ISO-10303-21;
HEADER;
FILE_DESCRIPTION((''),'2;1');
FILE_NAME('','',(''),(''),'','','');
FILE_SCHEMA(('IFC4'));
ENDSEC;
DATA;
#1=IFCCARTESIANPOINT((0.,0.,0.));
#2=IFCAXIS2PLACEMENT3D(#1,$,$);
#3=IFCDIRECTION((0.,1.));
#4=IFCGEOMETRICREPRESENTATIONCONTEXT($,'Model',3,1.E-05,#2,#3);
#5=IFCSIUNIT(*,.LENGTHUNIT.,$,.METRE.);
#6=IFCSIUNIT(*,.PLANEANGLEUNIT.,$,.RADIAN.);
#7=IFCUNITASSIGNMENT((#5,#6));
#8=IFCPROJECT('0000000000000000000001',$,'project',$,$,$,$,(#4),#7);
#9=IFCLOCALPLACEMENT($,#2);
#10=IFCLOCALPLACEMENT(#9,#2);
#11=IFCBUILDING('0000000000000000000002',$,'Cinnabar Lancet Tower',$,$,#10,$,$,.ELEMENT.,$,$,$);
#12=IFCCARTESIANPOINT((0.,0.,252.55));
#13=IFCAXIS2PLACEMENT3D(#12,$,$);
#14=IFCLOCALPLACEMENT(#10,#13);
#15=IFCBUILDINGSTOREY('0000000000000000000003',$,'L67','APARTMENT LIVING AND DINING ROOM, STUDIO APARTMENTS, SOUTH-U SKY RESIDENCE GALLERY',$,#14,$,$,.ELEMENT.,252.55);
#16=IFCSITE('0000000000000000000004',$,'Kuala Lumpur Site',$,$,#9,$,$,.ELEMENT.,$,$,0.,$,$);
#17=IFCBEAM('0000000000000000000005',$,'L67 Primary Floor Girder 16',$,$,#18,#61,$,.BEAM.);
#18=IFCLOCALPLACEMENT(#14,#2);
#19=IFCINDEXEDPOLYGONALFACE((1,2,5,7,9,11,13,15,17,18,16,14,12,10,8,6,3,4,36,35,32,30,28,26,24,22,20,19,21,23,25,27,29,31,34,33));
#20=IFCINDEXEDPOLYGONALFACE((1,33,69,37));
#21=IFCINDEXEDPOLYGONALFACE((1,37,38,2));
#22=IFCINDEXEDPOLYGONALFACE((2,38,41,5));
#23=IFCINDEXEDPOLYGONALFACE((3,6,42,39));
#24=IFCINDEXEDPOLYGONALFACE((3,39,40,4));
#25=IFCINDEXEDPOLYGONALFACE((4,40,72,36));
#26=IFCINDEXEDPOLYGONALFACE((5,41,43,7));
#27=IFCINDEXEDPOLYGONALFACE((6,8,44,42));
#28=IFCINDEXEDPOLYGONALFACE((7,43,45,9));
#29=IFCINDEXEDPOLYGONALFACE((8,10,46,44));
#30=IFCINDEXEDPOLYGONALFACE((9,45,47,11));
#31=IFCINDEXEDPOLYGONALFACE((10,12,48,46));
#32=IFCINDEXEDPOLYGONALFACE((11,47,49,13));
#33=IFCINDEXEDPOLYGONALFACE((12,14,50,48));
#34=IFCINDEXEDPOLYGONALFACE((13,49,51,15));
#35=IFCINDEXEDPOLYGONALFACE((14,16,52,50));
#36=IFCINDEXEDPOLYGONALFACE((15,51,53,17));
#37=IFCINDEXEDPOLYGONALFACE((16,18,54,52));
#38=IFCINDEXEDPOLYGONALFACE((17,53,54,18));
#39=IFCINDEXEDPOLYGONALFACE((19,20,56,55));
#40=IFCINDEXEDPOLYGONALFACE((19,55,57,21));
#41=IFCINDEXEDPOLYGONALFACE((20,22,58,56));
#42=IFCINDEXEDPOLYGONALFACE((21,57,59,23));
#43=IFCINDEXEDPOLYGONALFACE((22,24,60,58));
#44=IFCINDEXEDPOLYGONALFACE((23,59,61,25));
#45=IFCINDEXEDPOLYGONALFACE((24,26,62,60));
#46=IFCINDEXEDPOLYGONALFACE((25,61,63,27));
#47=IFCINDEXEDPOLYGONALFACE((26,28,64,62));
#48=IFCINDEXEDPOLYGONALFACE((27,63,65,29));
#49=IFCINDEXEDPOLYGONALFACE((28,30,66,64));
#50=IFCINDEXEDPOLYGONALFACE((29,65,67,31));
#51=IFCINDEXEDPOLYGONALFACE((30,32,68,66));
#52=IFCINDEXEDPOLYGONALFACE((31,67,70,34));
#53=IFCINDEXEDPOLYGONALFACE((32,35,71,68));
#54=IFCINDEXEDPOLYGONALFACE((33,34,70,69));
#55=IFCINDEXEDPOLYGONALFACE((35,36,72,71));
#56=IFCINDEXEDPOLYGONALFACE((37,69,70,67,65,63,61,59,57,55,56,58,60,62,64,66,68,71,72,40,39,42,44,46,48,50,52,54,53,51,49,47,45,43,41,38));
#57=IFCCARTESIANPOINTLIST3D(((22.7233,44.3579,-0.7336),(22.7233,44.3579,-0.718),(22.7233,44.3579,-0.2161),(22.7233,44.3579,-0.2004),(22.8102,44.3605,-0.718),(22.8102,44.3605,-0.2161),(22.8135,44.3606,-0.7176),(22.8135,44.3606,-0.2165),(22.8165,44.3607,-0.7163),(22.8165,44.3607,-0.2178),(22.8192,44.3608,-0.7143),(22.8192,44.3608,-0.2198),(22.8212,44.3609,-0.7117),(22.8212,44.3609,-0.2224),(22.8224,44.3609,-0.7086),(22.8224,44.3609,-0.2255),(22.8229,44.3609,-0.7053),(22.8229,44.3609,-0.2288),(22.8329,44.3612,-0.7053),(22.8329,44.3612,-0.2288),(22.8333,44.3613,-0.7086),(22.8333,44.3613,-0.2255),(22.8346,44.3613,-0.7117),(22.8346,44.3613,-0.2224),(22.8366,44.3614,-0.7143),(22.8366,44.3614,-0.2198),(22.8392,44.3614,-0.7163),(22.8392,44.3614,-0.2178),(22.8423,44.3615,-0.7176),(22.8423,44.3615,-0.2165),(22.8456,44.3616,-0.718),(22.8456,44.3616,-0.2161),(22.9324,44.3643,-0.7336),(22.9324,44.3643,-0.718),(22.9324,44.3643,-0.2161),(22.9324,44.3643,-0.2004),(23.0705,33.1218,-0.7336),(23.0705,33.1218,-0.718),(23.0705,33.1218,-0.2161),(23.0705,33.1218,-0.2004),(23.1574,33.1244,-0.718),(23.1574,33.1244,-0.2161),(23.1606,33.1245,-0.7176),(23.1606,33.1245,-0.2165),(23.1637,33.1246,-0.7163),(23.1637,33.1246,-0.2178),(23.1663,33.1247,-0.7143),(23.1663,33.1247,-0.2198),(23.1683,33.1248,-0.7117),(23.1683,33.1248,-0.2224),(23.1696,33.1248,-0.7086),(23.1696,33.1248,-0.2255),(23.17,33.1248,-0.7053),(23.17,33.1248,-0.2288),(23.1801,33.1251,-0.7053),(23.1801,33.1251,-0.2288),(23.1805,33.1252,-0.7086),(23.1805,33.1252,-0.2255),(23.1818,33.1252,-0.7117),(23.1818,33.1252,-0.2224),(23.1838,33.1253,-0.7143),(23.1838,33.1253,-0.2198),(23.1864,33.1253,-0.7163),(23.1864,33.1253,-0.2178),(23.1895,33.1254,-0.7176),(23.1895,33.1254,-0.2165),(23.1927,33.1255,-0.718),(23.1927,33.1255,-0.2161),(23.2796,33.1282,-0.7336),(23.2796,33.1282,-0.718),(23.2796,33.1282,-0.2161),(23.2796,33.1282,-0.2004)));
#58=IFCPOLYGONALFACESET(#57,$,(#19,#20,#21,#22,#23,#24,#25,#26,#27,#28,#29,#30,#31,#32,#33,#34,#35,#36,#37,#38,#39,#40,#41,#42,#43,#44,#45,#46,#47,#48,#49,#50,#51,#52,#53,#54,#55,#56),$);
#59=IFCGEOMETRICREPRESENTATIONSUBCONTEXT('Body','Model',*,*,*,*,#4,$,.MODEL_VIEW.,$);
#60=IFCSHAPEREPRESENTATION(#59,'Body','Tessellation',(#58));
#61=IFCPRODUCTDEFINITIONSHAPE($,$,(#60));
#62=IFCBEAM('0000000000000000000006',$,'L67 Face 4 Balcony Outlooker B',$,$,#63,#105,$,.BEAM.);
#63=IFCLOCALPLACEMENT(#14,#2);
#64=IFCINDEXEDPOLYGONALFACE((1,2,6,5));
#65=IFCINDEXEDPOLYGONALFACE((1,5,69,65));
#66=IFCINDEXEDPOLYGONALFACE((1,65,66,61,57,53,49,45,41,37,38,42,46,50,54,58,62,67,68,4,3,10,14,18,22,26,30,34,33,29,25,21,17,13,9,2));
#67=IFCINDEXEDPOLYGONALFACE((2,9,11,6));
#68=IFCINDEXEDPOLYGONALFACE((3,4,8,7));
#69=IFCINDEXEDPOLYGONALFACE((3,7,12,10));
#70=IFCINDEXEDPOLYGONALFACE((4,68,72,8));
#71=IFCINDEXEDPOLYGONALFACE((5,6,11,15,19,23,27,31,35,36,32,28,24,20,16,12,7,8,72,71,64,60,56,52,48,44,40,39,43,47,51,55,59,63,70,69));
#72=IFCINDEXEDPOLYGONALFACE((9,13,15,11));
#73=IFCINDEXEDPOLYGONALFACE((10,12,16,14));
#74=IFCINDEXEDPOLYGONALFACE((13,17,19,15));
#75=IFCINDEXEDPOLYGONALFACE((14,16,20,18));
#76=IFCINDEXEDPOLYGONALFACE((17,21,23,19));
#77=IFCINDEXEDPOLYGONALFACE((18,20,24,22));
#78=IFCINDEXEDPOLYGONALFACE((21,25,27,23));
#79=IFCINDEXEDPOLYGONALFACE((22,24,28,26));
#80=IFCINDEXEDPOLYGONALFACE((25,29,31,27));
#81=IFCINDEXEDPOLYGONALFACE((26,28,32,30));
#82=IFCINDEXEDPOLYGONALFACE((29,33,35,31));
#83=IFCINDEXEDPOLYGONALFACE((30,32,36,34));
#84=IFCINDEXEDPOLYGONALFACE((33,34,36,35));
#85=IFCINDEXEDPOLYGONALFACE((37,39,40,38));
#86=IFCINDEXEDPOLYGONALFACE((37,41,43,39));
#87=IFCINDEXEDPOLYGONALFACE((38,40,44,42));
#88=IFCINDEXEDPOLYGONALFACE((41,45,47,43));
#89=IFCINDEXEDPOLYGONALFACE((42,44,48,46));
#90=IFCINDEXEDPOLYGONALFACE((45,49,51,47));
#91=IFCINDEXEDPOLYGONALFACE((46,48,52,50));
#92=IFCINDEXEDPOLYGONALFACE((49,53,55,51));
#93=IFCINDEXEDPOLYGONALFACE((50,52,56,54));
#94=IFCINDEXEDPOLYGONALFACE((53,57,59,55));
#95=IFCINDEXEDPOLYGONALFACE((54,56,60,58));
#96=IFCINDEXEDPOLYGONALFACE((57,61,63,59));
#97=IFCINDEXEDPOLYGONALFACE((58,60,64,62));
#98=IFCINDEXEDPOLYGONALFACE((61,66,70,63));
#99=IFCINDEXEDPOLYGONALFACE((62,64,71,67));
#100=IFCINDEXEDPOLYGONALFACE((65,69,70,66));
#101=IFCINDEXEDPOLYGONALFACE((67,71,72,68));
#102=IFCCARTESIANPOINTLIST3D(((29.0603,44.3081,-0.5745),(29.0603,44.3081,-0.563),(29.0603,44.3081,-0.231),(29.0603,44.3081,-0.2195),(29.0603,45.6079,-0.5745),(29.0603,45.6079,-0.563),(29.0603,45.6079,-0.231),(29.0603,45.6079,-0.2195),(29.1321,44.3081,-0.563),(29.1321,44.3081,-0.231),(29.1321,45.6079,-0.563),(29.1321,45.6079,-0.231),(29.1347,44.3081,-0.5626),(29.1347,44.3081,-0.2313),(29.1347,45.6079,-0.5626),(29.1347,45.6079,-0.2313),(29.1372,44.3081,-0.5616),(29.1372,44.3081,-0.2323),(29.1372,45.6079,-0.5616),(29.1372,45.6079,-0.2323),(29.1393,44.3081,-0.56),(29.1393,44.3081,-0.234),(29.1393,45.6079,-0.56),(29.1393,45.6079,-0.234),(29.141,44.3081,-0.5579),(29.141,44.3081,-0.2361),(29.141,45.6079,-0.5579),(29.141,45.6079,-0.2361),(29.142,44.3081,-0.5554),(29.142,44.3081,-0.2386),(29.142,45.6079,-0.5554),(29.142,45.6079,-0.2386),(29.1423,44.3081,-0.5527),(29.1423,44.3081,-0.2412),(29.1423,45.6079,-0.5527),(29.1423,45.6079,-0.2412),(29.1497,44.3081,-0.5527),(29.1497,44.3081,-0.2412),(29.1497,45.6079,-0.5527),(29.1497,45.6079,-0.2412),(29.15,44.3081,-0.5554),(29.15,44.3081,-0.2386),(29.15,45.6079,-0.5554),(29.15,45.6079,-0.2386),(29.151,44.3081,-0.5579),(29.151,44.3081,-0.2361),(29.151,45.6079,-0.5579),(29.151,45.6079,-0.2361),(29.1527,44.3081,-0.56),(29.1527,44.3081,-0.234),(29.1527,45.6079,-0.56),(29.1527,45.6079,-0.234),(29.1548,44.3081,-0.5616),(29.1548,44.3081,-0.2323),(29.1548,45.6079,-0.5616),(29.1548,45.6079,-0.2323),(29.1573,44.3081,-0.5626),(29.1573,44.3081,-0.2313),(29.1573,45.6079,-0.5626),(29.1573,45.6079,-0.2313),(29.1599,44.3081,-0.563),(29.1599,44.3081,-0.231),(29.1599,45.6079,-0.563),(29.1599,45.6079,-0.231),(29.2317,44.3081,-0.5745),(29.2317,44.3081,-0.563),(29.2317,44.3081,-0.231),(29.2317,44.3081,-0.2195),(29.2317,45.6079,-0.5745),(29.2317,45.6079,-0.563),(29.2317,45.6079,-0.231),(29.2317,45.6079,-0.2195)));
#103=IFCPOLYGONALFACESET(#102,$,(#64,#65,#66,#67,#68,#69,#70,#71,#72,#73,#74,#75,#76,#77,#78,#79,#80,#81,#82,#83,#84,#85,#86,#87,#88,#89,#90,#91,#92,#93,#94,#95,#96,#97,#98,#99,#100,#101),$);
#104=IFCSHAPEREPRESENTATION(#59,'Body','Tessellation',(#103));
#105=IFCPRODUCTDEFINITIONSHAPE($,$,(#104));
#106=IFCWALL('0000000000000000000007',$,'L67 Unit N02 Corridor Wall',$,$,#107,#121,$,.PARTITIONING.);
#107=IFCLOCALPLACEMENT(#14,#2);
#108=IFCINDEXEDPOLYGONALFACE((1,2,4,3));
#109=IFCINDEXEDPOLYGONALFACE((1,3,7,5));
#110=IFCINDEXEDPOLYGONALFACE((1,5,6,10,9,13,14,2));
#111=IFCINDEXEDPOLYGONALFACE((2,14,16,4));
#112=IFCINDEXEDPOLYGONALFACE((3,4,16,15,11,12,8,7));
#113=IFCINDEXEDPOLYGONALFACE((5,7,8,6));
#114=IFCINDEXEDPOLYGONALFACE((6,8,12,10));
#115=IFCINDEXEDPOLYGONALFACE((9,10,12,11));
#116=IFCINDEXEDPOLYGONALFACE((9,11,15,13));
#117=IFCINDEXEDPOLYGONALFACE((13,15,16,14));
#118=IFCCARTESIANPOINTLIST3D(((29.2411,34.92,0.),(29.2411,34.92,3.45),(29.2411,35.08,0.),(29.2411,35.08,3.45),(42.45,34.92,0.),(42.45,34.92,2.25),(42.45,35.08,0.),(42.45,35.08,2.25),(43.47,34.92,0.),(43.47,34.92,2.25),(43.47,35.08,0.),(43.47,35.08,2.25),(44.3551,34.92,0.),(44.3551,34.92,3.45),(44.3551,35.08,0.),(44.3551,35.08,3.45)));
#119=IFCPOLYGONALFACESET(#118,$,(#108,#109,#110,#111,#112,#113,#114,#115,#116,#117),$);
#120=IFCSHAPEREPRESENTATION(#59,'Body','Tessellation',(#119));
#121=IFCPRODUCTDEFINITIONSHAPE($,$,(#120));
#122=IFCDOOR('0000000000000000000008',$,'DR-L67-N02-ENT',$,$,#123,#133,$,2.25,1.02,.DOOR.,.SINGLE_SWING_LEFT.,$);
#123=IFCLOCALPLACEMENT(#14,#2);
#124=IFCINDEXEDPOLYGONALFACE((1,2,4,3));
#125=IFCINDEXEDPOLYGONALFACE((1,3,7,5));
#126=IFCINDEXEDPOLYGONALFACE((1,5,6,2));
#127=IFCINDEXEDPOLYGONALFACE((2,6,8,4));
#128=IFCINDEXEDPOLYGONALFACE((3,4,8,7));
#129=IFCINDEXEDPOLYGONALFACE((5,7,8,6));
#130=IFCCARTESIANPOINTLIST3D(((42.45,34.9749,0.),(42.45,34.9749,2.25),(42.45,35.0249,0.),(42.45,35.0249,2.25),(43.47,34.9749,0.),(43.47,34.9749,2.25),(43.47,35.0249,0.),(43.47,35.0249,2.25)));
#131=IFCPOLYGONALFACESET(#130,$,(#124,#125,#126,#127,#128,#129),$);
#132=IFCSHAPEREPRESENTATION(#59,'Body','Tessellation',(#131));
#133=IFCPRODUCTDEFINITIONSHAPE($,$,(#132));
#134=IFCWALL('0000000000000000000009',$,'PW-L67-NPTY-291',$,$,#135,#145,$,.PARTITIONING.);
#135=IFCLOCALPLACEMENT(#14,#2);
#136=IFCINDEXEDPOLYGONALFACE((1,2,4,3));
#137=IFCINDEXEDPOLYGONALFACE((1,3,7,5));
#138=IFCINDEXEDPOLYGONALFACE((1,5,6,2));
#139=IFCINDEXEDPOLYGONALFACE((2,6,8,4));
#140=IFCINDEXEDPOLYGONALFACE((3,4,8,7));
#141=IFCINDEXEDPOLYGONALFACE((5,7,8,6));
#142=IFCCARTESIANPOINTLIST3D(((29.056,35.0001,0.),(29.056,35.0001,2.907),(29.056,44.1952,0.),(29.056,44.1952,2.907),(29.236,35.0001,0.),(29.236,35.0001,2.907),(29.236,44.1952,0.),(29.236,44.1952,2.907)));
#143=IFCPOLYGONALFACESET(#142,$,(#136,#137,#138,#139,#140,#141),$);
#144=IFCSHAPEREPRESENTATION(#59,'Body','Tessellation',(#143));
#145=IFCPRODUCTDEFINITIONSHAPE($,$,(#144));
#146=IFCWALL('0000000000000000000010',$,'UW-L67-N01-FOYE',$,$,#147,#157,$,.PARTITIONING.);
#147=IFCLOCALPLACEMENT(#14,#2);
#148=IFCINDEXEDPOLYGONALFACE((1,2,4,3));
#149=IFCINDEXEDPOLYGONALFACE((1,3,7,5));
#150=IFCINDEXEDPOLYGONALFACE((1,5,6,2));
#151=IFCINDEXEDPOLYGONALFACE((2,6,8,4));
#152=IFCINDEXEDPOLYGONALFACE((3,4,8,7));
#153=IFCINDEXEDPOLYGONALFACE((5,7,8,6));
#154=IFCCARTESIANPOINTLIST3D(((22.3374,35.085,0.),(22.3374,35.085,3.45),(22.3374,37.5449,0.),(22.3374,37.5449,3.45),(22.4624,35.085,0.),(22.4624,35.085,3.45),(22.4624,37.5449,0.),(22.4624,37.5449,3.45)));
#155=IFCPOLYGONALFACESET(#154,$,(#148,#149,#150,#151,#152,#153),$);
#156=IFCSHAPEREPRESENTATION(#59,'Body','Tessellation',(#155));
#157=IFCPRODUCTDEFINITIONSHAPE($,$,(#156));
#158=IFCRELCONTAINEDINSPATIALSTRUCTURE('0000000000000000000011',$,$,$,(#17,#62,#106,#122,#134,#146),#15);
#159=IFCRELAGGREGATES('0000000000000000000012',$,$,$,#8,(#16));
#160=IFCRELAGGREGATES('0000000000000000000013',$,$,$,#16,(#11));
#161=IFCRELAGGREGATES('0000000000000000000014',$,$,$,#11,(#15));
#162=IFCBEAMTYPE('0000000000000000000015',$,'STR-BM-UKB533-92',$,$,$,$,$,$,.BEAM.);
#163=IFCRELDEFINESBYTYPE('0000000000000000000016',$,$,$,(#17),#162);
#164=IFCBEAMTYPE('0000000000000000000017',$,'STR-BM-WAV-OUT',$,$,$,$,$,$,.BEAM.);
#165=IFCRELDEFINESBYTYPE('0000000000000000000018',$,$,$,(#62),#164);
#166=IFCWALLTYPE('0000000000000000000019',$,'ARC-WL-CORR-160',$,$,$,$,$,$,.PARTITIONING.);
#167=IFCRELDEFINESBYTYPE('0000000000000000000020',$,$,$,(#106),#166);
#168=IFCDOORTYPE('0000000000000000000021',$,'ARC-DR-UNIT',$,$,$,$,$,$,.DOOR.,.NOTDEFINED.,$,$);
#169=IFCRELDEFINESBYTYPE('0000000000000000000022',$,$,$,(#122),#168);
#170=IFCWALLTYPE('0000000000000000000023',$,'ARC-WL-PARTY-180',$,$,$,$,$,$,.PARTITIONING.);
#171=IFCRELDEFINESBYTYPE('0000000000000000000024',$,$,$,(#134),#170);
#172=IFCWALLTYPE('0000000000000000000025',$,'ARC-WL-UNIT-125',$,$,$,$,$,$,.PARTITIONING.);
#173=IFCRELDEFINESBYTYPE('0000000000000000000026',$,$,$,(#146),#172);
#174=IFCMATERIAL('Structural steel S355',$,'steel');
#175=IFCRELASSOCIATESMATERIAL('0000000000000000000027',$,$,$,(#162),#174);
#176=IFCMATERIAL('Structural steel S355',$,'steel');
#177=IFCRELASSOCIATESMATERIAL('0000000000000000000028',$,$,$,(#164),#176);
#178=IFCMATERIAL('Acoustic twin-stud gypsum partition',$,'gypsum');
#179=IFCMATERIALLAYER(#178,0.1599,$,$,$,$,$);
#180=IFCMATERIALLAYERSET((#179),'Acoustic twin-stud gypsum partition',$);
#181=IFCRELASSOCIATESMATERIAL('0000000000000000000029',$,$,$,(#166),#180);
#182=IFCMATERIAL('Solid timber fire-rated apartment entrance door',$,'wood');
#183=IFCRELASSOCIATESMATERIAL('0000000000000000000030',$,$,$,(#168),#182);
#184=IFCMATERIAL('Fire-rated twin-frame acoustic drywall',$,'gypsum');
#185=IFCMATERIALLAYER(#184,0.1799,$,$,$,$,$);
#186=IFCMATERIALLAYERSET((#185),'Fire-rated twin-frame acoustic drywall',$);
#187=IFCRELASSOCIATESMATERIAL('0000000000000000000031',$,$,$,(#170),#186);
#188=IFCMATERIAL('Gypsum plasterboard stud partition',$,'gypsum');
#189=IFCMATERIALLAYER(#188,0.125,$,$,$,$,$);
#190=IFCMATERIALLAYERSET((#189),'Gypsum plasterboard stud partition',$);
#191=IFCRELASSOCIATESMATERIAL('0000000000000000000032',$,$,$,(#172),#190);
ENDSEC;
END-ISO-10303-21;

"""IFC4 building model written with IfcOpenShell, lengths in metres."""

from ifc_helpers import new_model, si_unit, direction, frame, frame_2d, origin, origin_2d, place, context, subcontext, project, spatial, rectangle, i_section, extrude, material, layer, layer_set, material_profile, profile_set, type_object, element, fill, save


model = new_model("IFC4")

# Units and contexts
model_context = context("Model", 3, precision=1e-05, world=origin(), true_north=direction((0.0, 1.0)))
body_context = subcontext(model_context, "Body", "Model", "MODEL_VIEW")
ifc_project = project(units=[si_unit("LENGTHUNIT", "METRE"), si_unit("PLANEANGLEUNIT", "RADIAN")], contexts=[model_context])

# Site, building, storey
site_placement = place(None, origin())
site = spatial("IfcSite", under=ifc_project, at=site_placement, Name="Kuala Lumpur Site", CompositionType="ELEMENT", RefElevation=0.0)
building_placement = place(site_placement, origin())
building = spatial("IfcBuilding", under=site, at=building_placement, Name="Cinnabar Lancet Tower", CompositionType="ELEMENT")
storey_placement = place(building_placement, frame((0.0, 0.0, 252.55)))
storey = spatial("IfcBuildingStorey", under=building, at=storey_placement, Name="L67", Description="APARTMENT LIVING AND DINING ROOM, STUDIO APARTMENTS, SOUTH-U SKY RESIDENCE GALLERY", CompositionType="ELEMENT", Elevation=252.55)

# Beams
ifc_material_1 = material(Name="Structural steel S355", Category="steel")
ifc_material_profile_1 = material_profile(ifc_material_1, i_section(OverallWidth=0.2092, OverallDepth=0.5332, WebThickness=0.01, FlangeThickness=0.0156, FilletRadius=0.0127, at=origin_2d()), Name="UKB 533x210x92")
ifc_profile_set_1 = profile_set([ifc_material_profile_1], Name="Structural steel S355")
beam_type_1 = type_object("IfcBeamType", Name="STR-BM-UKB533-92", PredefinedType="BEAM", material=ifc_profile_set_1)
beam_1_placement = place(storey_placement, frame((22.8279, 44.3611, -0.467), z_axis=(0.030883, -0.999523, 0.0), x_axis=(0.999523, 0.030883, 0.0)))
element("IfcBeam", 1, at=beam_1_placement, inside=storey, type_object=beam_type_1, Name="L67 Primary Floor Girder 16", PredefinedType="BEAM", context=body_context, shape_type="SweptSolid", body=[
    extrude(i_section(OverallWidth=0.2092, OverallDepth=0.5332, WebThickness=0.01, FlangeThickness=0.0156, FilletRadius=0.0127, at=origin_2d()), origin(), (0.0, 0.0, 1.0), 11.2415),
])
ifc_material_2 = material(Name="Structural steel S355", Category="steel")
ifc_material_profile_2 = material_profile(ifc_material_2, i_section(OverallWidth=0.1714, OverallDepth=0.355, WebThickness=0.0073, FlangeThickness=0.0115, FilletRadius=0.0103, at=origin_2d()), Name="UKB 356x171x51")
ifc_profile_set_2 = profile_set([ifc_material_profile_2], Name="Structural steel S355")
beam_type_2 = type_object("IfcBeamType", Name="STR-BM-WAV-OUT", PredefinedType="BEAM", material=ifc_profile_set_2)
beam_2_placement = place(storey_placement, frame((29.146, 44.3081, -0.397), z_axis=(0.0, 1.0, 0.0), x_axis=(-1.0, 0.0, 0.0)))
element("IfcBeam", 2, at=beam_2_placement, inside=storey, type_object=beam_type_2, Name="L67 Face 4 Balcony Outlooker B", PredefinedType="BEAM", context=body_context, shape_type="SweptSolid", body=[
    extrude(i_section(OverallWidth=0.1714, OverallDepth=0.355, WebThickness=0.0073, FlangeThickness=0.0115, FilletRadius=0.0103, at=origin_2d()), origin(), (0.0, 0.0, 1.0), 1.2998),
])

# Wall, opening, door
ifc_material_3 = material(Name="Acoustic twin-stud gypsum partition", Category="gypsum")
ifc_layer_1 = layer(ifc_material_3, 0.1599)
ifc_layer_set_1 = layer_set([ifc_layer_1], Name="Acoustic twin-stud gypsum partition")
wall_type_1 = type_object("IfcWallType", Name="ARC-WL-CORR-160", PredefinedType="PARTITIONING", material=ifc_layer_set_1)
wall_1_placement = place(storey_placement, frame((29.241, 35.0, 0.0), z_axis=(0.0, 0.0, 1.0), x_axis=(1.0, 0.0, 0.0)))
wall_1 = element("IfcWall", 3, at=wall_1_placement, inside=storey, type_object=wall_type_1, Name="L67 Unit N02 Corridor Wall", PredefinedType="PARTITIONING", context=body_context, shape_type="SweptSolid", body=[
    extrude(rectangle(XDim=15.114, YDim=0.1599, at=frame_2d((7.5571, 0.0))), origin(), (0.0, 0.0, 1.0), 3.45),
])
opening_1_placement = place(wall_1_placement, frame((13.209, 0.0, 0.0)))
opening_1 = element("IfcOpeningElement", 4, at=opening_1_placement, cuts=wall_1, PredefinedType="OPENING", context=body_context, shape_type="SweptSolid", body=[
    extrude(rectangle(XDim=1.02, YDim=2.25, at=frame_2d((0.51, 1.125))), frame((0.0, 0.0898, 0.0), z_axis=(0.0, -1.0, 0.0), x_axis=(1.0, 0.0, 0.0)), (0.0, 0.0, 1.0), 0.1799),
])
ifc_material_4 = material(Name="Solid timber fire-rated apartment entrance door", Category="wood")
door_type_1 = type_object("IfcDoorType", Name="ARC-DR-UNIT", OperationType="NOTDEFINED", PredefinedType="DOOR", material=ifc_material_4)
door_1_placement = place(opening_1_placement, origin())
door_1 = element("IfcDoor", 5, at=door_1_placement, inside=storey, type_object=door_type_1, Name="DR-L67-N02-ENT", OperationType="SINGLE_SWING_LEFT", OverallHeight=2.25, OverallWidth=1.02, PredefinedType="DOOR", context=body_context, shape_type="SweptSolid", body=[
    extrude(rectangle(XDim=1.02, YDim=2.25, at=frame_2d((0.51, 1.125))), frame((0.0, 0.0249, 0.0), z_axis=(0.0, -1.0, 0.0), x_axis=(1.0, 0.0, 0.0)), (0.0, 0.0, 1.0), 0.05),
])
fill(opening_1, door_1)

# Walls
ifc_material_5 = material(Name="Fire-rated twin-frame acoustic drywall", Category="gypsum")
ifc_layer_2 = layer(ifc_material_5, 0.1799)
ifc_layer_set_2 = layer_set([ifc_layer_2], Name="Fire-rated twin-frame acoustic drywall")
wall_type_2 = type_object("IfcWallType", Name="ARC-WL-PARTY-180", PredefinedType="PARTITIONING", material=ifc_layer_set_2)
wall_2_placement = place(storey_placement, frame((29.146, 35.0, 0.0), z_axis=(0.0, 0.0, 1.0), x_axis=(0.0, 1.0, 0.0)))
element("IfcWall", 6, at=wall_2_placement, inside=storey, type_object=wall_type_2, Name="PW-L67-NPTY-291", PredefinedType="PARTITIONING", context=body_context, shape_type="SweptSolid", body=[
    extrude(rectangle(XDim=9.1951, YDim=0.1799, at=frame_2d((4.5977, 0.0))), origin(), (0.0, 0.0, 1.0), 2.907),
])
ifc_material_6 = material(Name="Gypsum plasterboard stud partition", Category="gypsum")
ifc_layer_3 = layer(ifc_material_6, 0.125)
ifc_layer_set_3 = layer_set([ifc_layer_3], Name="Gypsum plasterboard stud partition")
wall_type_3 = type_object("IfcWallType", Name="ARC-WL-UNIT-125", PredefinedType="PARTITIONING", material=ifc_layer_set_3)
wall_3_placement = place(storey_placement, frame((22.3999, 35.085, 0.0), z_axis=(0.0, 0.0, 1.0), x_axis=(0.0, 1.0, 0.0)))
element("IfcWall", 7, at=wall_3_placement, inside=storey, type_object=wall_type_3, Name="UW-L67-N01-FOYE", PredefinedType="PARTITIONING", context=body_context, shape_type="SweptSolid", body=[
    extrude(rectangle(XDim=2.46, YDim=0.125, at=frame_2d((1.23, 0.0))), origin(), (0.0, 0.0, 1.0), 3.45),
])

save(model, "model.ifc")
